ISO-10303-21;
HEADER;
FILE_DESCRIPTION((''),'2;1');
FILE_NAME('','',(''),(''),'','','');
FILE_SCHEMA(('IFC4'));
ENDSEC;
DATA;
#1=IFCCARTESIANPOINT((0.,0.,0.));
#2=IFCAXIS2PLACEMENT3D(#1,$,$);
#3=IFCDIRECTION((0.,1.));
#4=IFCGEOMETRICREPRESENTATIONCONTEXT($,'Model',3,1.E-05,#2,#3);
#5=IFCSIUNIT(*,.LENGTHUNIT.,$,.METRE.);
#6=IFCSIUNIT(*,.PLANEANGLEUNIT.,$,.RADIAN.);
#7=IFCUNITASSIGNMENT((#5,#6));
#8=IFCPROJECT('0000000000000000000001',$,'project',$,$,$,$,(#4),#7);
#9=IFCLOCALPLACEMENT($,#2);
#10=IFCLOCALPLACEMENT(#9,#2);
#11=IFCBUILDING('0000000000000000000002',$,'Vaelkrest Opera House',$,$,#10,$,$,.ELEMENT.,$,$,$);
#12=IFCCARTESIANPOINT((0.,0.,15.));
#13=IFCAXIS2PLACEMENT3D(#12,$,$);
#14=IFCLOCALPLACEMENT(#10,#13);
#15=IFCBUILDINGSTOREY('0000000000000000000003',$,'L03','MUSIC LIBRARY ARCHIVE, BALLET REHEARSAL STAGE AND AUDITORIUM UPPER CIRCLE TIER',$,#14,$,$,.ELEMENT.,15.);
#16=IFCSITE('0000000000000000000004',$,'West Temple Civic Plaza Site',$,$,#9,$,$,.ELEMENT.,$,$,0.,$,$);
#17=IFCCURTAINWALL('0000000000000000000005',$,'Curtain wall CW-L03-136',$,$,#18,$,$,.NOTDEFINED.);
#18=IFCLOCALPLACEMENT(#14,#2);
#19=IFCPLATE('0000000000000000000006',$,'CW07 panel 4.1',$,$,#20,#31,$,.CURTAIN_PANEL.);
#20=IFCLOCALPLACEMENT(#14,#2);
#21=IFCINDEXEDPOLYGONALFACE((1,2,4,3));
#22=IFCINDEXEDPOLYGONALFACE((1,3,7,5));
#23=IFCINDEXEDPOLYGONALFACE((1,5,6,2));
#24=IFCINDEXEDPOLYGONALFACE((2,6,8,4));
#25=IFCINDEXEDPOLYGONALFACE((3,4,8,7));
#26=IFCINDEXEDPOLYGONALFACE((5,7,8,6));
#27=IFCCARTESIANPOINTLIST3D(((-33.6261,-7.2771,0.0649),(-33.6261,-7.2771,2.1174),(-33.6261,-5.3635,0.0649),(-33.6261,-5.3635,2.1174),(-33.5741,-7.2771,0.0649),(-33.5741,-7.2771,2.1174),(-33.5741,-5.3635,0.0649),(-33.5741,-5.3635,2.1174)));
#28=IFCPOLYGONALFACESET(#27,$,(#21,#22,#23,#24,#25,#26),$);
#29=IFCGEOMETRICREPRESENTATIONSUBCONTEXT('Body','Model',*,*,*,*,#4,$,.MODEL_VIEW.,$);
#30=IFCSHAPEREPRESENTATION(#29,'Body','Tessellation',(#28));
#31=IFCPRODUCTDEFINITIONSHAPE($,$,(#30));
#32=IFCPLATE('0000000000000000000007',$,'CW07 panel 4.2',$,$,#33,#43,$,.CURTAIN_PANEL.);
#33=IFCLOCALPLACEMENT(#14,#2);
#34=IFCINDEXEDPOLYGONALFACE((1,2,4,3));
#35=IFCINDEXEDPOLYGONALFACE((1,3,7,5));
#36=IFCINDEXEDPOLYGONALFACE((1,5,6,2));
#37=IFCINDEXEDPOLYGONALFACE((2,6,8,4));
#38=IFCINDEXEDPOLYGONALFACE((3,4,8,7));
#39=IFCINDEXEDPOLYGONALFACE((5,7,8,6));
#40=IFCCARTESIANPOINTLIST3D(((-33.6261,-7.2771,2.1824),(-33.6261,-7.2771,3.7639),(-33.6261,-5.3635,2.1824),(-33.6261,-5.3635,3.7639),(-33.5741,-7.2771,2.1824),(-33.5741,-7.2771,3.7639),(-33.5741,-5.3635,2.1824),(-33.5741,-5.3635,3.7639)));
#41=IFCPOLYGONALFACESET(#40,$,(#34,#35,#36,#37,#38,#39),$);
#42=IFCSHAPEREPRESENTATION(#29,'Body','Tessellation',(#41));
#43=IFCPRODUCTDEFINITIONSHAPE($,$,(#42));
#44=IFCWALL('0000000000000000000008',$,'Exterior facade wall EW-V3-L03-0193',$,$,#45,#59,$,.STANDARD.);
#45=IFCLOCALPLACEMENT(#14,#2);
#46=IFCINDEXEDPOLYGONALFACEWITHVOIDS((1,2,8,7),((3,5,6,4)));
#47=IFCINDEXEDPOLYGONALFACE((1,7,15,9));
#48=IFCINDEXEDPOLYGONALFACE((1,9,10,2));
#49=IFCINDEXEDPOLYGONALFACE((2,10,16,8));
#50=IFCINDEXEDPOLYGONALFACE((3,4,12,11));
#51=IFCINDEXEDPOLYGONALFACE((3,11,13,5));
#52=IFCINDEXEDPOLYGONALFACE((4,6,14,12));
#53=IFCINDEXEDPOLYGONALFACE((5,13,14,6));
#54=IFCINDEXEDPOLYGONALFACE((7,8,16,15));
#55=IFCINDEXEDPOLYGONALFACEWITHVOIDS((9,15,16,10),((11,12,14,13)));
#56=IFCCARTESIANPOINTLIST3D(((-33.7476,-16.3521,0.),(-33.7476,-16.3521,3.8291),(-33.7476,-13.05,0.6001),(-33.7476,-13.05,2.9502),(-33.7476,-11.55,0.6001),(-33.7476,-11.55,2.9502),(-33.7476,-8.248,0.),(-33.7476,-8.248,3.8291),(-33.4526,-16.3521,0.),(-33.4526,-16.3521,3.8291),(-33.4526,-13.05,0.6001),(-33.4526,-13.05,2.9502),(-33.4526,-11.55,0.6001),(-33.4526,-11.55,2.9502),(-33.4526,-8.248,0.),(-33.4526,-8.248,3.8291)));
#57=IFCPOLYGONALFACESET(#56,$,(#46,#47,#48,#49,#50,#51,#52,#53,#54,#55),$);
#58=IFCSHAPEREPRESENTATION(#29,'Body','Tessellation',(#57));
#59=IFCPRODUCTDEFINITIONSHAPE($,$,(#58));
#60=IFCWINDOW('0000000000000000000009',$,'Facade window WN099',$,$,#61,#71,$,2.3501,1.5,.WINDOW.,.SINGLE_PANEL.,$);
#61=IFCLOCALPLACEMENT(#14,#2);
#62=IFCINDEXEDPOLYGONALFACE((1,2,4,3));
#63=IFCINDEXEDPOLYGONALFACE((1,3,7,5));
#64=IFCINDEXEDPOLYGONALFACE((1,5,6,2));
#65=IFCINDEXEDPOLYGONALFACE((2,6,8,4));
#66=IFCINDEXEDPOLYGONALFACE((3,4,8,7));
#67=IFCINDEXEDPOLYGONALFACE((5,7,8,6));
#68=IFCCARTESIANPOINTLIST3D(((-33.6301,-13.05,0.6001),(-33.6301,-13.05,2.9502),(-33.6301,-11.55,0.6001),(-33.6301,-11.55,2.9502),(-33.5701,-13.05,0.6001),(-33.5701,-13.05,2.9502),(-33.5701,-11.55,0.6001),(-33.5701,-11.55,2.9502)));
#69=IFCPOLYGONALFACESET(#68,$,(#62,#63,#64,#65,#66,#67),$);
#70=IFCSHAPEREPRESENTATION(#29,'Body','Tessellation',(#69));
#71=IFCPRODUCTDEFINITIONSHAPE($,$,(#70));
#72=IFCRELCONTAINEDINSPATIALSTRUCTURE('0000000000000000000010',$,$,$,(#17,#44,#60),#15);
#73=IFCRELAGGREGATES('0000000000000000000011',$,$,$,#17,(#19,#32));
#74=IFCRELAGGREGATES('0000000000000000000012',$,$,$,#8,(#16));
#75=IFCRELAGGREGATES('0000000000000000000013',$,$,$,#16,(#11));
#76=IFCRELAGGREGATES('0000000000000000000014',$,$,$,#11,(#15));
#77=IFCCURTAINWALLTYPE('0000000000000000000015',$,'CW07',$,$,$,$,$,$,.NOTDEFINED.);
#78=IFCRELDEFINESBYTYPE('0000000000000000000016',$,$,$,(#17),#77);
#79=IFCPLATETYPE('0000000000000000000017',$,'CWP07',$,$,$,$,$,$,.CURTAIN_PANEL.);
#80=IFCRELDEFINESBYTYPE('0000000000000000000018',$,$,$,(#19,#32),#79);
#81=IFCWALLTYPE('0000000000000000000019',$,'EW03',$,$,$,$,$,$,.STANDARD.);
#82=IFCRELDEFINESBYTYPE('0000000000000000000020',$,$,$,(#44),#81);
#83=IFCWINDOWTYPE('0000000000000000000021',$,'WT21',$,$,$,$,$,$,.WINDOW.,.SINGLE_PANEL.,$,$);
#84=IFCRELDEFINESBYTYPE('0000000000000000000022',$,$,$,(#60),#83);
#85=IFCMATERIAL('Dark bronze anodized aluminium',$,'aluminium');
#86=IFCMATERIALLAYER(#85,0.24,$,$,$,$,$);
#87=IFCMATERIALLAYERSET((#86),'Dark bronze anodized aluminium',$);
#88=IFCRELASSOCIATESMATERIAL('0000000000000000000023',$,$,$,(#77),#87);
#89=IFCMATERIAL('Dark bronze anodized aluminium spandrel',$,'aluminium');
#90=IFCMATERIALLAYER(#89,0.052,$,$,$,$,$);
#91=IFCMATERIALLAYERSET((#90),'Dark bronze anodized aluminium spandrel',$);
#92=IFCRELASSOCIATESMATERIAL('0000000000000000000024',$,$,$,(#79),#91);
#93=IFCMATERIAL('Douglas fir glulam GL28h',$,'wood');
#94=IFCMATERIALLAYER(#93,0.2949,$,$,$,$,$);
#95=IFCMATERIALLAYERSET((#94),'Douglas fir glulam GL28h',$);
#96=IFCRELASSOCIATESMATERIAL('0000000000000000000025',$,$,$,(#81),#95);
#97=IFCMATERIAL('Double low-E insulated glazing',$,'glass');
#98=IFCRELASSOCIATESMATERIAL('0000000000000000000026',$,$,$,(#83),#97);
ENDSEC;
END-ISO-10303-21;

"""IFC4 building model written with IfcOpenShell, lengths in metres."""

from ifc_helpers import new_model, si_unit, direction, frame, frame_2d, origin, origin_2d, place, context, subcontext, project, spatial, rectangle, extrude, material, layer, layer_set, type_object, element, fill, aggregate, save


model = new_model("IFC4")

# Units and contexts
model_context = context("Model", 3, precision=1e-05, world=origin(), true_north=direction((0.0, 1.0)))
body_context = subcontext(model_context, "Body", "Model", "MODEL_VIEW")
ifc_project = project(units=[si_unit("LENGTHUNIT", "METRE"), si_unit("PLANEANGLEUNIT", "RADIAN")], contexts=[model_context])

# Site, building, storey
site_placement = place(None, origin())
site = spatial("IfcSite", under=ifc_project, at=site_placement, Name="West Temple Civic Plaza Site", CompositionType="ELEMENT", RefElevation=0.0)
building_placement = place(site_placement, origin())
building = spatial("IfcBuilding", under=site, at=building_placement, Name="Vaelkrest Opera House", CompositionType="ELEMENT")
storey_placement = place(building_placement, frame((0.0, 0.0, 15.0)))
storey = spatial("IfcBuildingStorey", under=building, at=storey_placement, Name="L03", Description="MUSIC LIBRARY ARCHIVE, BALLET REHEARSAL STAGE AND AUDITORIUM UPPER CIRCLE TIER", CompositionType="ELEMENT", Elevation=15.0)

# Shared definitions
ifc_material_1 = material(Name="Dark bronze anodized aluminium", Category="aluminium")

# Curtain wall
ifc_layer_1 = layer(ifc_material_1, 0.24)
ifc_layer_set_1 = layer_set([ifc_layer_1], Name="Dark bronze anodized aluminium")
curtain_wall_type_1 = type_object("IfcCurtainWallType", Name="CW07", PredefinedType="NOTDEFINED", material=ifc_layer_set_1)
curtain_wall_1_placement = place(storey_placement, origin())
curtain_wall_1 = element("IfcCurtainWall", 1, at=curtain_wall_1_placement, inside=storey, type_object=curtain_wall_type_1, Name="Curtain wall CW-L03-136", PredefinedType="NOTDEFINED")

# Plates
ifc_material_2 = material(Name="Dark bronze anodized aluminium spandrel", Category="aluminium")
ifc_layer_2 = layer(ifc_material_2, 0.052)
ifc_layer_set_2 = layer_set([ifc_layer_2], Name="Dark bronze anodized aluminium spandrel")
plate_type = type_object("IfcPlateType", Name="CWP07", PredefinedType="CURTAIN_PANEL", material=ifc_layer_set_2)
plate_1_placement = place(storey_placement, frame((-33.6001, -6.3203, 0.0649), z_axis=(0.0, 0.0, 1.0), x_axis=(0.0, -1.0, 0.0)))
plate_1 = element("IfcPlate", 2, at=plate_1_placement, type_object=plate_type, Name="CW07 panel 4.1", PredefinedType="CURTAIN_PANEL", context=body_context, shape_type="SweptSolid", body=[
    extrude(rectangle(XDim=1.9136, YDim=0.052, at=origin_2d()), origin(), (0.0, 0.0, 1.0), 2.0525),
])
plate_2_placement = place(storey_placement, frame((-33.6001, -6.3203, 2.1824), z_axis=(0.0, 0.0, 1.0), x_axis=(0.0, -1.0, 0.0)))
plate_2 = element("IfcPlate", 3, at=plate_2_placement, type_object=plate_type, Name="CW07 panel 4.2", PredefinedType="CURTAIN_PANEL", context=body_context, shape_type="SweptSolid", body=[
    extrude(rectangle(XDim=1.9136, YDim=0.052, at=origin_2d()), origin(), (0.0, 0.0, 1.0), 1.5815),
])
aggregate(curtain_wall_1, [plate_1, plate_2])

# Wall, opening, window
ifc_material_3 = material(Name="Douglas fir glulam GL28h", Category="wood")
ifc_layer_3 = layer(ifc_material_3, 0.2949)
ifc_layer_set_3 = layer_set([ifc_layer_3], Name="Douglas fir glulam GL28h")
wall_type = type_object("IfcWallType", Name="EW03", PredefinedType="STANDARD", material=ifc_layer_set_3)
wall_placement = place(storey_placement, frame((-33.6001, -8.248, 0.0), z_axis=(0.0, 0.0, 1.0), x_axis=(0.0, -1.0, 0.0)))
wall = element("IfcWall", 4, at=wall_placement, inside=storey, type_object=wall_type, Name="Exterior facade wall EW-V3-L03-0193", PredefinedType="STANDARD", context=body_context, shape_type="SweptSolid", body=[
    extrude(rectangle(XDim=8.104, YDim=0.2949, at=frame_2d((4.052, 0.0))), origin(), (0.0, 0.0, 1.0), 3.8291),
])
opening_placement = place(wall_placement, frame((3.302, 0.0, 0.6001)))
opening = element("IfcOpeningElement", 5, at=opening_placement, cuts=wall, PredefinedType="OPENING", context=body_context, shape_type="SweptSolid", body=[
    extrude(rectangle(XDim=1.5, YDim=2.3501, at=frame_2d((0.75, 1.175))), frame((0.0, 0.1575, 0.0), z_axis=(0.0, -1.0, 0.0), x_axis=(1.0, 0.0, 0.0)), (0.0, 0.0, 1.0), 0.3149),
])
ifc_material_4 = material(Name="Double low-E insulated glazing", Category="glass")
window_type = type_object("IfcWindowType", Name="WT21", PartitioningType="SINGLE_PANEL", PredefinedType="WINDOW", material=ifc_material_4)
window_placement = place(opening_placement, origin())
window = element("IfcWindow", 6, at=window_placement, inside=storey, type_object=window_type, Name="Facade window WN099", OverallHeight=2.3501, OverallWidth=1.5, PartitioningType="SINGLE_PANEL", PredefinedType="WINDOW", context=body_context, shape_type="SweptSolid", body=[
    extrude(rectangle(XDim=1.5, YDim=2.3501, at=frame_2d((0.75, 1.175))), frame((0.0, 0.03, 0.0), z_axis=(0.0, -1.0, 0.0), x_axis=(1.0, 0.0, 0.0)), (0.0, 0.0, 1.0), 0.0601),
])
fill(opening, window)

save(model, "model.ifc")
